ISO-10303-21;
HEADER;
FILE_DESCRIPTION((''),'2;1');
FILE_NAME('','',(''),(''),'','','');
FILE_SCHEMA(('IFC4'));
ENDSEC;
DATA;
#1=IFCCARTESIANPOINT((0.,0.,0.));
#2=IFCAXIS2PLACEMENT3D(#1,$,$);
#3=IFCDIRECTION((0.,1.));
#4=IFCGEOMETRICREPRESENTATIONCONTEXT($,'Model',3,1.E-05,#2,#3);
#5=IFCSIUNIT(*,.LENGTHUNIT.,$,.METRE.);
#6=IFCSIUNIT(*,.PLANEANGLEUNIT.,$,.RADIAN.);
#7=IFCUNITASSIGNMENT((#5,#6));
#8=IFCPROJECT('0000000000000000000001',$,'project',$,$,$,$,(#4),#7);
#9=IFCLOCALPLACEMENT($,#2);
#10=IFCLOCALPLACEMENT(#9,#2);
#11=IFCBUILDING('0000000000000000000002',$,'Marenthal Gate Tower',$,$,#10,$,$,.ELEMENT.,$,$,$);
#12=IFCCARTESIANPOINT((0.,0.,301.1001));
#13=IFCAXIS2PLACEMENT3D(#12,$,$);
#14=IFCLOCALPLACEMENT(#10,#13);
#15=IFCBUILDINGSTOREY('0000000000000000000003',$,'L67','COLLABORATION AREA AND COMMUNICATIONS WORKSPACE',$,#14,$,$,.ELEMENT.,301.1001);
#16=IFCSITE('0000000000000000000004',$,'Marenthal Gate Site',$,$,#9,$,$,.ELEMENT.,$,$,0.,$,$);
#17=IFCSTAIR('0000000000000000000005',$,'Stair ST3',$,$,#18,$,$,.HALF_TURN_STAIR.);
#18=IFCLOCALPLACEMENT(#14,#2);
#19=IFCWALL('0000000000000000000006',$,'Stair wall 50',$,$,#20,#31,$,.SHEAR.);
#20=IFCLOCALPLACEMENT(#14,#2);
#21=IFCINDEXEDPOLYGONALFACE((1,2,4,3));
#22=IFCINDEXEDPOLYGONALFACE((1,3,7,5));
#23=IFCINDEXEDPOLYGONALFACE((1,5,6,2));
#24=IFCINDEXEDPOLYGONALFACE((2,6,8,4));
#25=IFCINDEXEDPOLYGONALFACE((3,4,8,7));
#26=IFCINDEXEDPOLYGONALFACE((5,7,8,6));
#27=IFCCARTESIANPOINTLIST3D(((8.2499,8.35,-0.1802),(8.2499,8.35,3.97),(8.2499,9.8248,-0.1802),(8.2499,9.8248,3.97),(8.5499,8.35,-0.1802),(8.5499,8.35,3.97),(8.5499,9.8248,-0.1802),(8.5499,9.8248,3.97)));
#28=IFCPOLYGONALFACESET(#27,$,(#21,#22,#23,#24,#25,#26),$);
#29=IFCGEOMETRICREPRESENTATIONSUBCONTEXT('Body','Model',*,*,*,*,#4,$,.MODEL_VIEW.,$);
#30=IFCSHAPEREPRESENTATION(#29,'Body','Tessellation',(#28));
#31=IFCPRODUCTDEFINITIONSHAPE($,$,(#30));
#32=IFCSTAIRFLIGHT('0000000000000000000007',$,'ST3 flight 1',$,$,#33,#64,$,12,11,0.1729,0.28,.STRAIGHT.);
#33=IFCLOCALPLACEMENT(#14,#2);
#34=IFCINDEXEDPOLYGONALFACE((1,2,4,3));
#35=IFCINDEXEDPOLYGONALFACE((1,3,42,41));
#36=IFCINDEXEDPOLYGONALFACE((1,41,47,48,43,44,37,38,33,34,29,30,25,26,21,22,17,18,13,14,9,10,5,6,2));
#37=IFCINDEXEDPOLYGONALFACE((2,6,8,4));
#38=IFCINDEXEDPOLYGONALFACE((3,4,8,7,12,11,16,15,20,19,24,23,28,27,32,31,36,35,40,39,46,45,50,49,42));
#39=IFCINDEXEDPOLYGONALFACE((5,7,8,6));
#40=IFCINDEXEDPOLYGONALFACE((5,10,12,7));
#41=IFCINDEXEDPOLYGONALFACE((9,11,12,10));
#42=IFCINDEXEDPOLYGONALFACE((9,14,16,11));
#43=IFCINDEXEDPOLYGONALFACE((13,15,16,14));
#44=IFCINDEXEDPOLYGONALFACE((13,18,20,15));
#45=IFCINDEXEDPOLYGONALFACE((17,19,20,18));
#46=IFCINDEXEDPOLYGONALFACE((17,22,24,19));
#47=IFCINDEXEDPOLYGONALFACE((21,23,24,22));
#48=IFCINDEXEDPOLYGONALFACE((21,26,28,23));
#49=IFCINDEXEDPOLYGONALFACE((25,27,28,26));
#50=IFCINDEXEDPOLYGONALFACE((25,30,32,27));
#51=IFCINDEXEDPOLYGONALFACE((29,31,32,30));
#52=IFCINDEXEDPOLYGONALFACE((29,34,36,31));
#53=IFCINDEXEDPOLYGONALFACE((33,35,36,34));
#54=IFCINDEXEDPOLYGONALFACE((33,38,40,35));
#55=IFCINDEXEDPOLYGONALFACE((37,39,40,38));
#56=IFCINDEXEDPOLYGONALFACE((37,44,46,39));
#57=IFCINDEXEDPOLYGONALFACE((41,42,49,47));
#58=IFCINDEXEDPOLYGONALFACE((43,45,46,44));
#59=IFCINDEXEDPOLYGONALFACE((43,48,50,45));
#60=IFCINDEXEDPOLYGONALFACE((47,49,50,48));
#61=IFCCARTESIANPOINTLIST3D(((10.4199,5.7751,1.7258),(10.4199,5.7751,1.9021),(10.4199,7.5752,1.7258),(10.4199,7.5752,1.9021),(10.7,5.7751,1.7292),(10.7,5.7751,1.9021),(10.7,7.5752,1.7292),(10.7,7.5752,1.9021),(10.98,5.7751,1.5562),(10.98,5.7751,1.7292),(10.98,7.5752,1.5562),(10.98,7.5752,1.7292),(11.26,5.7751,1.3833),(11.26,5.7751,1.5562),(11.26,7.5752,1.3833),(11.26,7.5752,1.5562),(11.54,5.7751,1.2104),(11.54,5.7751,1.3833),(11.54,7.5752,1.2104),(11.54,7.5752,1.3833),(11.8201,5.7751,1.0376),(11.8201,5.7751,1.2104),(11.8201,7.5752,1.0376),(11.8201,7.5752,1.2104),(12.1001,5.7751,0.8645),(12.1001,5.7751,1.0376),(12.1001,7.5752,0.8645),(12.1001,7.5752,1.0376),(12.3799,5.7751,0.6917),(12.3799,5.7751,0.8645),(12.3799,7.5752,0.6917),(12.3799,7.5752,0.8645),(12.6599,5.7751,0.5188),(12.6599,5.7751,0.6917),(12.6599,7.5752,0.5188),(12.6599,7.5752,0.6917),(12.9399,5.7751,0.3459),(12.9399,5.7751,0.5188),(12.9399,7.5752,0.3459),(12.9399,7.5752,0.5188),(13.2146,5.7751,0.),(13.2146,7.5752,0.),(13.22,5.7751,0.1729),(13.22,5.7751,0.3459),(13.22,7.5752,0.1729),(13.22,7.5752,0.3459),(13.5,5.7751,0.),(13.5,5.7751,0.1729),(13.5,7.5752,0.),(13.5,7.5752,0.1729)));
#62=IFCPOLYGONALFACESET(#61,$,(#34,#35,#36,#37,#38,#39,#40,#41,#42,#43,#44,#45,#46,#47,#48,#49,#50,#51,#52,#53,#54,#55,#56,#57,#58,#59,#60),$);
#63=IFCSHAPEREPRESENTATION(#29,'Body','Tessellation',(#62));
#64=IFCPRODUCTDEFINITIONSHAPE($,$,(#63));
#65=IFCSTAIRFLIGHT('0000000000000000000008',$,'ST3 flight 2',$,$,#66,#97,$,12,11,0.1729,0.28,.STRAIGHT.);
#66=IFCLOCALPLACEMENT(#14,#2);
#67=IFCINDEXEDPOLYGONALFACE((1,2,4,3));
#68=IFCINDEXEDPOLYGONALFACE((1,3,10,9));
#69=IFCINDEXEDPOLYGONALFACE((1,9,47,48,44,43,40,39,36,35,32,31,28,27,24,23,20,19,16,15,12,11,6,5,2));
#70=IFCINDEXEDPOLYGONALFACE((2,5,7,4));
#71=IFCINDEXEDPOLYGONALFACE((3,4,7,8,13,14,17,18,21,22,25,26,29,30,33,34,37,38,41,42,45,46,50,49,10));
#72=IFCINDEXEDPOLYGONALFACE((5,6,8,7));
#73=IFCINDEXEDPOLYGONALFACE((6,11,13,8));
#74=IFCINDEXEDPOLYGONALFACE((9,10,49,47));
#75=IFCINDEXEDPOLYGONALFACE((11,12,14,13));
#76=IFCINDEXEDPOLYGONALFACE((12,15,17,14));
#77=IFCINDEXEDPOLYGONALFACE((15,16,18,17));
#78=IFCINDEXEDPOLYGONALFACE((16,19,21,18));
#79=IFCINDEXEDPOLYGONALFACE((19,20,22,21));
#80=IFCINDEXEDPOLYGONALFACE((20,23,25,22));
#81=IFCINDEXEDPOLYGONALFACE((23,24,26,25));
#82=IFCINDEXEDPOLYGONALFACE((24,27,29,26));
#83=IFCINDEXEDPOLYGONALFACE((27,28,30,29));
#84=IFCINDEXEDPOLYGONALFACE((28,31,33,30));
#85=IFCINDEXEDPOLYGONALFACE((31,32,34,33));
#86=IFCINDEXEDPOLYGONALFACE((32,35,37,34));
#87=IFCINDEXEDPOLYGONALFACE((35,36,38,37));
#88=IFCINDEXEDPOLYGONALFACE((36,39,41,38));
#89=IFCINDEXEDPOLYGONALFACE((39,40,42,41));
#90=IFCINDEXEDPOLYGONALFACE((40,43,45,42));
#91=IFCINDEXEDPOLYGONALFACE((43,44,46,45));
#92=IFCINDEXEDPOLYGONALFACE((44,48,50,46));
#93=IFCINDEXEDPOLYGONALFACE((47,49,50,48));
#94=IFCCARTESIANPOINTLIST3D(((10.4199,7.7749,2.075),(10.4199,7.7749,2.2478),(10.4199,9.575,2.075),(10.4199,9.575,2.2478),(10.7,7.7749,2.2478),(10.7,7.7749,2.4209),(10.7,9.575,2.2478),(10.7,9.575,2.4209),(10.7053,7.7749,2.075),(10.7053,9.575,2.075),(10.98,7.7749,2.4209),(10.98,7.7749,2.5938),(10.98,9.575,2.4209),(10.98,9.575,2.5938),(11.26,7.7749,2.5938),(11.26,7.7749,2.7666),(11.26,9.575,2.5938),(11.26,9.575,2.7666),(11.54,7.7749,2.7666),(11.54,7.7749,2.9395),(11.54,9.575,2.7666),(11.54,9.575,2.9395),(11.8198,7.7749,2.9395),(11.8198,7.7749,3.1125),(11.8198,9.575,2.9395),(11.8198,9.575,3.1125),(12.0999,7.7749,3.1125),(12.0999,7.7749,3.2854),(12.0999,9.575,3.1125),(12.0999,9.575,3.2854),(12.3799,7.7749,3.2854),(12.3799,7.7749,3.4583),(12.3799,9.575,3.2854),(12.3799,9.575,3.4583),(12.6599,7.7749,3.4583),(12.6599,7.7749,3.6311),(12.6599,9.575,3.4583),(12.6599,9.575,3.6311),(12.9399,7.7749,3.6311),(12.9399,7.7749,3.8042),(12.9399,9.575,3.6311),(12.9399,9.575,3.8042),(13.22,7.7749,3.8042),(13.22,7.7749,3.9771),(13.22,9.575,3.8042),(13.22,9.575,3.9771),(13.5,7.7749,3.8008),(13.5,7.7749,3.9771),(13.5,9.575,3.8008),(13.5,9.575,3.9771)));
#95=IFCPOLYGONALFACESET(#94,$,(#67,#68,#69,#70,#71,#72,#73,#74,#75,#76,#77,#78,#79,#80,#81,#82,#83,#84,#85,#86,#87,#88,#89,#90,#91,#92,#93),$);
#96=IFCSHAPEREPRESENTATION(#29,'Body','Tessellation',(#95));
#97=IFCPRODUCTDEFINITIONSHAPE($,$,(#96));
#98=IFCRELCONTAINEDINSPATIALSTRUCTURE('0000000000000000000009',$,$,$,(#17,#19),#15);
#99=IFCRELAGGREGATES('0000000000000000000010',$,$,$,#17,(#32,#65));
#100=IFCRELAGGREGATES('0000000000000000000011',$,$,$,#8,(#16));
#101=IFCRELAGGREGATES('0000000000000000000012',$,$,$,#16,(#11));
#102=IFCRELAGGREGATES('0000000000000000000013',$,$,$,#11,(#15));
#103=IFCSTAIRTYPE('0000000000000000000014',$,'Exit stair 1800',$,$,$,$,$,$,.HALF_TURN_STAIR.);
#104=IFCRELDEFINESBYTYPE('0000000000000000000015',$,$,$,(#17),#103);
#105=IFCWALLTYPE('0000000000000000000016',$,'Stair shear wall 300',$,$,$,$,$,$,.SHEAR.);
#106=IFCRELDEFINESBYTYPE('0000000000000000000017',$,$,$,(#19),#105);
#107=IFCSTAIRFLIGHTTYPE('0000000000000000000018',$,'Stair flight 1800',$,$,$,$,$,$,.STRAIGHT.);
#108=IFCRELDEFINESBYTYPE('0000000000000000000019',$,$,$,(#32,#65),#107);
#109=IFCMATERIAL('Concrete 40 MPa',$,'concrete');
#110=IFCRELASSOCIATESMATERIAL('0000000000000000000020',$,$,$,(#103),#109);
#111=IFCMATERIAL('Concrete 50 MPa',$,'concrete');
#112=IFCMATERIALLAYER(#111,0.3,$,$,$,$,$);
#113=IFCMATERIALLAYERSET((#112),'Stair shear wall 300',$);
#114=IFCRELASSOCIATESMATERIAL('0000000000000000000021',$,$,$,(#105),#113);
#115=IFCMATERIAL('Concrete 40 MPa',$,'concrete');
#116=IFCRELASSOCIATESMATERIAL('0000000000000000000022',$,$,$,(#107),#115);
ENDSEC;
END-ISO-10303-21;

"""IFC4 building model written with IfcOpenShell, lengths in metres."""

from ifc_helpers import new_model, si_unit, direction, frame, frame_2d, origin, place, context, subcontext, project, spatial, polyline, rectangle, outline, extrude, material, layer, layer_set, type_object, element, aggregate, save


model = new_model("IFC4")

# Units and contexts
model_context = context("Model", 3, precision=1e-05, world=origin(), true_north=direction((0.0, 1.0)))
body_context = subcontext(model_context, "Body", "Model", "MODEL_VIEW")
ifc_project = project(units=[si_unit("LENGTHUNIT", "METRE"), si_unit("PLANEANGLEUNIT", "RADIAN")], contexts=[model_context])

# Site, building, storey
site_placement = place(None, origin())
site = spatial("IfcSite", under=ifc_project, at=site_placement, Name="Marenthal Gate Site", CompositionType="ELEMENT", RefElevation=0.0)
building_placement = place(site_placement, origin())
building = spatial("IfcBuilding", under=site, at=building_placement, Name="Marenthal Gate Tower", CompositionType="ELEMENT")
storey_placement = place(building_placement, frame((0.0, 0.0, 301.1001)))
storey = spatial("IfcBuildingStorey", under=building, at=storey_placement, Name="L67", Description="COLLABORATION AREA AND COMMUNICATIONS WORKSPACE", CompositionType="ELEMENT", Elevation=301.1001)

# Stair
ifc_material_1 = material(Name="Concrete 40 MPa", Category="concrete")
stair_type = type_object("IfcStairType", Name="Exit stair 1800", PredefinedType="HALF_TURN_STAIR", material=ifc_material_1)
stair_1_placement = place(storey_placement, origin())
stair_1 = element("IfcStair", 1, at=stair_1_placement, inside=storey, type_object=stair_type, Name="Stair ST3", PredefinedType="HALF_TURN_STAIR")

# Wall
ifc_material_2 = material(Name="Concrete 50 MPa", Category="concrete")
ifc_layer_1 = layer(ifc_material_2, 0.3)
ifc_layer_set_1 = layer_set([ifc_layer_1], Name="Stair shear wall 300")
wall_type_1 = type_object("IfcWallType", Name="Stair shear wall 300", PredefinedType="SHEAR", material=ifc_layer_set_1)
wall_1_placement = place(storey_placement, frame((8.3999, 8.3501, -0.1802), z_axis=(0.0, 0.0, 1.0), x_axis=(0.0, 1.0, 0.0)))
element("IfcWall", 2, at=wall_1_placement, inside=storey, type_object=wall_type_1, Name="Stair wall 50", PredefinedType="SHEAR", context=body_context, shape_type="SweptSolid", body=[
    extrude(rectangle(XDim=1.4749, YDim=0.3, at=frame_2d((0.7373, 0.0))), origin(), (0.0, 0.0, 1.0), 4.1501),
])

# Stair flights
ifc_material_3 = material(Name="Concrete 40 MPa", Category="concrete")
stair_flight_type = type_object("IfcStairFlightType", Name="Stair flight 1800", PredefinedType="STRAIGHT", material=ifc_material_3)
stair_flight_1_placement = place(storey_placement, frame((13.5, 6.675, 0.0), z_axis=(0.0, 0.0, 1.0), x_axis=(-1.0, 0.0, 0.0)))
stair_flight_1 = element("IfcStairFlight", 3, at=stair_flight_1_placement, type_object=stair_flight_type, Name="ST3 flight 1", NumberOfRisers=12, NumberOfTreads=11, PredefinedType="STRAIGHT", RiserHeight=0.1729, TreadLength=0.28, context=body_context, shape_type="SweptSolid", body=[
    extrude(outline(polyline([(0.0, 0.0), (0.0, 0.1729), (0.28, 0.1729), (0.28, 0.3459), (0.5601, 0.3459), (0.5601, 0.5188), (0.8401, 0.5188), (0.8401, 0.6917), (1.1201, 0.6917), (1.1201, 0.8645), (1.3999, 0.8645), (1.3999, 1.0376), (1.6799, 1.0376), (1.6799, 1.2104), (1.96, 1.2104), (1.96, 1.3833), (2.24, 1.3833), (2.24, 1.5562), (2.52, 1.5562), (2.52, 1.7292), (2.8, 1.7292), (2.8, 1.9021), (3.0801, 1.9021), (3.0801, 2.075), (3.0801, 1.7258), (0.2854, 0.0), (0.0, 0.0)])), frame((0.0, 0.8999, 0.0), z_axis=(0.0, -1.0, 0.0), x_axis=(1.0, 0.0, 0.0)), (0.0, 0.0, 1.0), 1.8),
])
stair_flight_2_placement = place(storey_placement, frame((10.4199, 8.675, 2.075), z_axis=(0.0, 0.0, 1.0), x_axis=(1.0, 0.0, 0.0)))
stair_flight_2 = element("IfcStairFlight", 4, at=stair_flight_2_placement, type_object=stair_flight_type, Name="ST3 flight 2", NumberOfRisers=12, NumberOfTreads=11, PredefinedType="STRAIGHT", RiserHeight=0.1729, TreadLength=0.28, context=body_context, shape_type="SweptSolid", body=[
    extrude(outline(polyline([(0.0, 0.0), (0.0, 0.1729), (0.28, 0.1729), (0.28, 0.3459), (0.5601, 0.3459), (0.5601, 0.5188), (0.8401, 0.5188), (0.8401, 0.6917), (1.1201, 0.6917), (1.1201, 0.8645), (1.3999, 0.8645), (1.3999, 1.0376), (1.6799, 1.0376), (1.6799, 1.2104), (1.96, 1.2104), (1.96, 1.3833), (2.24, 1.3833), (2.24, 1.5562), (2.52, 1.5562), (2.52, 1.7292), (2.8, 1.7292), (2.8, 1.9021), (3.0801, 1.9021), (3.0801, 2.075), (3.0801, 1.7258), (0.2854, 0.0), (0.0, 0.0)])), frame((0.0, 0.8999, 0.0), z_axis=(0.0, -1.0, 0.0), x_axis=(1.0, 0.0, 0.0)), (0.0, 0.0, 1.0), 1.8),
])
aggregate(stair_1, [stair_flight_1, stair_flight_2])

save(model, "model.ifc")
